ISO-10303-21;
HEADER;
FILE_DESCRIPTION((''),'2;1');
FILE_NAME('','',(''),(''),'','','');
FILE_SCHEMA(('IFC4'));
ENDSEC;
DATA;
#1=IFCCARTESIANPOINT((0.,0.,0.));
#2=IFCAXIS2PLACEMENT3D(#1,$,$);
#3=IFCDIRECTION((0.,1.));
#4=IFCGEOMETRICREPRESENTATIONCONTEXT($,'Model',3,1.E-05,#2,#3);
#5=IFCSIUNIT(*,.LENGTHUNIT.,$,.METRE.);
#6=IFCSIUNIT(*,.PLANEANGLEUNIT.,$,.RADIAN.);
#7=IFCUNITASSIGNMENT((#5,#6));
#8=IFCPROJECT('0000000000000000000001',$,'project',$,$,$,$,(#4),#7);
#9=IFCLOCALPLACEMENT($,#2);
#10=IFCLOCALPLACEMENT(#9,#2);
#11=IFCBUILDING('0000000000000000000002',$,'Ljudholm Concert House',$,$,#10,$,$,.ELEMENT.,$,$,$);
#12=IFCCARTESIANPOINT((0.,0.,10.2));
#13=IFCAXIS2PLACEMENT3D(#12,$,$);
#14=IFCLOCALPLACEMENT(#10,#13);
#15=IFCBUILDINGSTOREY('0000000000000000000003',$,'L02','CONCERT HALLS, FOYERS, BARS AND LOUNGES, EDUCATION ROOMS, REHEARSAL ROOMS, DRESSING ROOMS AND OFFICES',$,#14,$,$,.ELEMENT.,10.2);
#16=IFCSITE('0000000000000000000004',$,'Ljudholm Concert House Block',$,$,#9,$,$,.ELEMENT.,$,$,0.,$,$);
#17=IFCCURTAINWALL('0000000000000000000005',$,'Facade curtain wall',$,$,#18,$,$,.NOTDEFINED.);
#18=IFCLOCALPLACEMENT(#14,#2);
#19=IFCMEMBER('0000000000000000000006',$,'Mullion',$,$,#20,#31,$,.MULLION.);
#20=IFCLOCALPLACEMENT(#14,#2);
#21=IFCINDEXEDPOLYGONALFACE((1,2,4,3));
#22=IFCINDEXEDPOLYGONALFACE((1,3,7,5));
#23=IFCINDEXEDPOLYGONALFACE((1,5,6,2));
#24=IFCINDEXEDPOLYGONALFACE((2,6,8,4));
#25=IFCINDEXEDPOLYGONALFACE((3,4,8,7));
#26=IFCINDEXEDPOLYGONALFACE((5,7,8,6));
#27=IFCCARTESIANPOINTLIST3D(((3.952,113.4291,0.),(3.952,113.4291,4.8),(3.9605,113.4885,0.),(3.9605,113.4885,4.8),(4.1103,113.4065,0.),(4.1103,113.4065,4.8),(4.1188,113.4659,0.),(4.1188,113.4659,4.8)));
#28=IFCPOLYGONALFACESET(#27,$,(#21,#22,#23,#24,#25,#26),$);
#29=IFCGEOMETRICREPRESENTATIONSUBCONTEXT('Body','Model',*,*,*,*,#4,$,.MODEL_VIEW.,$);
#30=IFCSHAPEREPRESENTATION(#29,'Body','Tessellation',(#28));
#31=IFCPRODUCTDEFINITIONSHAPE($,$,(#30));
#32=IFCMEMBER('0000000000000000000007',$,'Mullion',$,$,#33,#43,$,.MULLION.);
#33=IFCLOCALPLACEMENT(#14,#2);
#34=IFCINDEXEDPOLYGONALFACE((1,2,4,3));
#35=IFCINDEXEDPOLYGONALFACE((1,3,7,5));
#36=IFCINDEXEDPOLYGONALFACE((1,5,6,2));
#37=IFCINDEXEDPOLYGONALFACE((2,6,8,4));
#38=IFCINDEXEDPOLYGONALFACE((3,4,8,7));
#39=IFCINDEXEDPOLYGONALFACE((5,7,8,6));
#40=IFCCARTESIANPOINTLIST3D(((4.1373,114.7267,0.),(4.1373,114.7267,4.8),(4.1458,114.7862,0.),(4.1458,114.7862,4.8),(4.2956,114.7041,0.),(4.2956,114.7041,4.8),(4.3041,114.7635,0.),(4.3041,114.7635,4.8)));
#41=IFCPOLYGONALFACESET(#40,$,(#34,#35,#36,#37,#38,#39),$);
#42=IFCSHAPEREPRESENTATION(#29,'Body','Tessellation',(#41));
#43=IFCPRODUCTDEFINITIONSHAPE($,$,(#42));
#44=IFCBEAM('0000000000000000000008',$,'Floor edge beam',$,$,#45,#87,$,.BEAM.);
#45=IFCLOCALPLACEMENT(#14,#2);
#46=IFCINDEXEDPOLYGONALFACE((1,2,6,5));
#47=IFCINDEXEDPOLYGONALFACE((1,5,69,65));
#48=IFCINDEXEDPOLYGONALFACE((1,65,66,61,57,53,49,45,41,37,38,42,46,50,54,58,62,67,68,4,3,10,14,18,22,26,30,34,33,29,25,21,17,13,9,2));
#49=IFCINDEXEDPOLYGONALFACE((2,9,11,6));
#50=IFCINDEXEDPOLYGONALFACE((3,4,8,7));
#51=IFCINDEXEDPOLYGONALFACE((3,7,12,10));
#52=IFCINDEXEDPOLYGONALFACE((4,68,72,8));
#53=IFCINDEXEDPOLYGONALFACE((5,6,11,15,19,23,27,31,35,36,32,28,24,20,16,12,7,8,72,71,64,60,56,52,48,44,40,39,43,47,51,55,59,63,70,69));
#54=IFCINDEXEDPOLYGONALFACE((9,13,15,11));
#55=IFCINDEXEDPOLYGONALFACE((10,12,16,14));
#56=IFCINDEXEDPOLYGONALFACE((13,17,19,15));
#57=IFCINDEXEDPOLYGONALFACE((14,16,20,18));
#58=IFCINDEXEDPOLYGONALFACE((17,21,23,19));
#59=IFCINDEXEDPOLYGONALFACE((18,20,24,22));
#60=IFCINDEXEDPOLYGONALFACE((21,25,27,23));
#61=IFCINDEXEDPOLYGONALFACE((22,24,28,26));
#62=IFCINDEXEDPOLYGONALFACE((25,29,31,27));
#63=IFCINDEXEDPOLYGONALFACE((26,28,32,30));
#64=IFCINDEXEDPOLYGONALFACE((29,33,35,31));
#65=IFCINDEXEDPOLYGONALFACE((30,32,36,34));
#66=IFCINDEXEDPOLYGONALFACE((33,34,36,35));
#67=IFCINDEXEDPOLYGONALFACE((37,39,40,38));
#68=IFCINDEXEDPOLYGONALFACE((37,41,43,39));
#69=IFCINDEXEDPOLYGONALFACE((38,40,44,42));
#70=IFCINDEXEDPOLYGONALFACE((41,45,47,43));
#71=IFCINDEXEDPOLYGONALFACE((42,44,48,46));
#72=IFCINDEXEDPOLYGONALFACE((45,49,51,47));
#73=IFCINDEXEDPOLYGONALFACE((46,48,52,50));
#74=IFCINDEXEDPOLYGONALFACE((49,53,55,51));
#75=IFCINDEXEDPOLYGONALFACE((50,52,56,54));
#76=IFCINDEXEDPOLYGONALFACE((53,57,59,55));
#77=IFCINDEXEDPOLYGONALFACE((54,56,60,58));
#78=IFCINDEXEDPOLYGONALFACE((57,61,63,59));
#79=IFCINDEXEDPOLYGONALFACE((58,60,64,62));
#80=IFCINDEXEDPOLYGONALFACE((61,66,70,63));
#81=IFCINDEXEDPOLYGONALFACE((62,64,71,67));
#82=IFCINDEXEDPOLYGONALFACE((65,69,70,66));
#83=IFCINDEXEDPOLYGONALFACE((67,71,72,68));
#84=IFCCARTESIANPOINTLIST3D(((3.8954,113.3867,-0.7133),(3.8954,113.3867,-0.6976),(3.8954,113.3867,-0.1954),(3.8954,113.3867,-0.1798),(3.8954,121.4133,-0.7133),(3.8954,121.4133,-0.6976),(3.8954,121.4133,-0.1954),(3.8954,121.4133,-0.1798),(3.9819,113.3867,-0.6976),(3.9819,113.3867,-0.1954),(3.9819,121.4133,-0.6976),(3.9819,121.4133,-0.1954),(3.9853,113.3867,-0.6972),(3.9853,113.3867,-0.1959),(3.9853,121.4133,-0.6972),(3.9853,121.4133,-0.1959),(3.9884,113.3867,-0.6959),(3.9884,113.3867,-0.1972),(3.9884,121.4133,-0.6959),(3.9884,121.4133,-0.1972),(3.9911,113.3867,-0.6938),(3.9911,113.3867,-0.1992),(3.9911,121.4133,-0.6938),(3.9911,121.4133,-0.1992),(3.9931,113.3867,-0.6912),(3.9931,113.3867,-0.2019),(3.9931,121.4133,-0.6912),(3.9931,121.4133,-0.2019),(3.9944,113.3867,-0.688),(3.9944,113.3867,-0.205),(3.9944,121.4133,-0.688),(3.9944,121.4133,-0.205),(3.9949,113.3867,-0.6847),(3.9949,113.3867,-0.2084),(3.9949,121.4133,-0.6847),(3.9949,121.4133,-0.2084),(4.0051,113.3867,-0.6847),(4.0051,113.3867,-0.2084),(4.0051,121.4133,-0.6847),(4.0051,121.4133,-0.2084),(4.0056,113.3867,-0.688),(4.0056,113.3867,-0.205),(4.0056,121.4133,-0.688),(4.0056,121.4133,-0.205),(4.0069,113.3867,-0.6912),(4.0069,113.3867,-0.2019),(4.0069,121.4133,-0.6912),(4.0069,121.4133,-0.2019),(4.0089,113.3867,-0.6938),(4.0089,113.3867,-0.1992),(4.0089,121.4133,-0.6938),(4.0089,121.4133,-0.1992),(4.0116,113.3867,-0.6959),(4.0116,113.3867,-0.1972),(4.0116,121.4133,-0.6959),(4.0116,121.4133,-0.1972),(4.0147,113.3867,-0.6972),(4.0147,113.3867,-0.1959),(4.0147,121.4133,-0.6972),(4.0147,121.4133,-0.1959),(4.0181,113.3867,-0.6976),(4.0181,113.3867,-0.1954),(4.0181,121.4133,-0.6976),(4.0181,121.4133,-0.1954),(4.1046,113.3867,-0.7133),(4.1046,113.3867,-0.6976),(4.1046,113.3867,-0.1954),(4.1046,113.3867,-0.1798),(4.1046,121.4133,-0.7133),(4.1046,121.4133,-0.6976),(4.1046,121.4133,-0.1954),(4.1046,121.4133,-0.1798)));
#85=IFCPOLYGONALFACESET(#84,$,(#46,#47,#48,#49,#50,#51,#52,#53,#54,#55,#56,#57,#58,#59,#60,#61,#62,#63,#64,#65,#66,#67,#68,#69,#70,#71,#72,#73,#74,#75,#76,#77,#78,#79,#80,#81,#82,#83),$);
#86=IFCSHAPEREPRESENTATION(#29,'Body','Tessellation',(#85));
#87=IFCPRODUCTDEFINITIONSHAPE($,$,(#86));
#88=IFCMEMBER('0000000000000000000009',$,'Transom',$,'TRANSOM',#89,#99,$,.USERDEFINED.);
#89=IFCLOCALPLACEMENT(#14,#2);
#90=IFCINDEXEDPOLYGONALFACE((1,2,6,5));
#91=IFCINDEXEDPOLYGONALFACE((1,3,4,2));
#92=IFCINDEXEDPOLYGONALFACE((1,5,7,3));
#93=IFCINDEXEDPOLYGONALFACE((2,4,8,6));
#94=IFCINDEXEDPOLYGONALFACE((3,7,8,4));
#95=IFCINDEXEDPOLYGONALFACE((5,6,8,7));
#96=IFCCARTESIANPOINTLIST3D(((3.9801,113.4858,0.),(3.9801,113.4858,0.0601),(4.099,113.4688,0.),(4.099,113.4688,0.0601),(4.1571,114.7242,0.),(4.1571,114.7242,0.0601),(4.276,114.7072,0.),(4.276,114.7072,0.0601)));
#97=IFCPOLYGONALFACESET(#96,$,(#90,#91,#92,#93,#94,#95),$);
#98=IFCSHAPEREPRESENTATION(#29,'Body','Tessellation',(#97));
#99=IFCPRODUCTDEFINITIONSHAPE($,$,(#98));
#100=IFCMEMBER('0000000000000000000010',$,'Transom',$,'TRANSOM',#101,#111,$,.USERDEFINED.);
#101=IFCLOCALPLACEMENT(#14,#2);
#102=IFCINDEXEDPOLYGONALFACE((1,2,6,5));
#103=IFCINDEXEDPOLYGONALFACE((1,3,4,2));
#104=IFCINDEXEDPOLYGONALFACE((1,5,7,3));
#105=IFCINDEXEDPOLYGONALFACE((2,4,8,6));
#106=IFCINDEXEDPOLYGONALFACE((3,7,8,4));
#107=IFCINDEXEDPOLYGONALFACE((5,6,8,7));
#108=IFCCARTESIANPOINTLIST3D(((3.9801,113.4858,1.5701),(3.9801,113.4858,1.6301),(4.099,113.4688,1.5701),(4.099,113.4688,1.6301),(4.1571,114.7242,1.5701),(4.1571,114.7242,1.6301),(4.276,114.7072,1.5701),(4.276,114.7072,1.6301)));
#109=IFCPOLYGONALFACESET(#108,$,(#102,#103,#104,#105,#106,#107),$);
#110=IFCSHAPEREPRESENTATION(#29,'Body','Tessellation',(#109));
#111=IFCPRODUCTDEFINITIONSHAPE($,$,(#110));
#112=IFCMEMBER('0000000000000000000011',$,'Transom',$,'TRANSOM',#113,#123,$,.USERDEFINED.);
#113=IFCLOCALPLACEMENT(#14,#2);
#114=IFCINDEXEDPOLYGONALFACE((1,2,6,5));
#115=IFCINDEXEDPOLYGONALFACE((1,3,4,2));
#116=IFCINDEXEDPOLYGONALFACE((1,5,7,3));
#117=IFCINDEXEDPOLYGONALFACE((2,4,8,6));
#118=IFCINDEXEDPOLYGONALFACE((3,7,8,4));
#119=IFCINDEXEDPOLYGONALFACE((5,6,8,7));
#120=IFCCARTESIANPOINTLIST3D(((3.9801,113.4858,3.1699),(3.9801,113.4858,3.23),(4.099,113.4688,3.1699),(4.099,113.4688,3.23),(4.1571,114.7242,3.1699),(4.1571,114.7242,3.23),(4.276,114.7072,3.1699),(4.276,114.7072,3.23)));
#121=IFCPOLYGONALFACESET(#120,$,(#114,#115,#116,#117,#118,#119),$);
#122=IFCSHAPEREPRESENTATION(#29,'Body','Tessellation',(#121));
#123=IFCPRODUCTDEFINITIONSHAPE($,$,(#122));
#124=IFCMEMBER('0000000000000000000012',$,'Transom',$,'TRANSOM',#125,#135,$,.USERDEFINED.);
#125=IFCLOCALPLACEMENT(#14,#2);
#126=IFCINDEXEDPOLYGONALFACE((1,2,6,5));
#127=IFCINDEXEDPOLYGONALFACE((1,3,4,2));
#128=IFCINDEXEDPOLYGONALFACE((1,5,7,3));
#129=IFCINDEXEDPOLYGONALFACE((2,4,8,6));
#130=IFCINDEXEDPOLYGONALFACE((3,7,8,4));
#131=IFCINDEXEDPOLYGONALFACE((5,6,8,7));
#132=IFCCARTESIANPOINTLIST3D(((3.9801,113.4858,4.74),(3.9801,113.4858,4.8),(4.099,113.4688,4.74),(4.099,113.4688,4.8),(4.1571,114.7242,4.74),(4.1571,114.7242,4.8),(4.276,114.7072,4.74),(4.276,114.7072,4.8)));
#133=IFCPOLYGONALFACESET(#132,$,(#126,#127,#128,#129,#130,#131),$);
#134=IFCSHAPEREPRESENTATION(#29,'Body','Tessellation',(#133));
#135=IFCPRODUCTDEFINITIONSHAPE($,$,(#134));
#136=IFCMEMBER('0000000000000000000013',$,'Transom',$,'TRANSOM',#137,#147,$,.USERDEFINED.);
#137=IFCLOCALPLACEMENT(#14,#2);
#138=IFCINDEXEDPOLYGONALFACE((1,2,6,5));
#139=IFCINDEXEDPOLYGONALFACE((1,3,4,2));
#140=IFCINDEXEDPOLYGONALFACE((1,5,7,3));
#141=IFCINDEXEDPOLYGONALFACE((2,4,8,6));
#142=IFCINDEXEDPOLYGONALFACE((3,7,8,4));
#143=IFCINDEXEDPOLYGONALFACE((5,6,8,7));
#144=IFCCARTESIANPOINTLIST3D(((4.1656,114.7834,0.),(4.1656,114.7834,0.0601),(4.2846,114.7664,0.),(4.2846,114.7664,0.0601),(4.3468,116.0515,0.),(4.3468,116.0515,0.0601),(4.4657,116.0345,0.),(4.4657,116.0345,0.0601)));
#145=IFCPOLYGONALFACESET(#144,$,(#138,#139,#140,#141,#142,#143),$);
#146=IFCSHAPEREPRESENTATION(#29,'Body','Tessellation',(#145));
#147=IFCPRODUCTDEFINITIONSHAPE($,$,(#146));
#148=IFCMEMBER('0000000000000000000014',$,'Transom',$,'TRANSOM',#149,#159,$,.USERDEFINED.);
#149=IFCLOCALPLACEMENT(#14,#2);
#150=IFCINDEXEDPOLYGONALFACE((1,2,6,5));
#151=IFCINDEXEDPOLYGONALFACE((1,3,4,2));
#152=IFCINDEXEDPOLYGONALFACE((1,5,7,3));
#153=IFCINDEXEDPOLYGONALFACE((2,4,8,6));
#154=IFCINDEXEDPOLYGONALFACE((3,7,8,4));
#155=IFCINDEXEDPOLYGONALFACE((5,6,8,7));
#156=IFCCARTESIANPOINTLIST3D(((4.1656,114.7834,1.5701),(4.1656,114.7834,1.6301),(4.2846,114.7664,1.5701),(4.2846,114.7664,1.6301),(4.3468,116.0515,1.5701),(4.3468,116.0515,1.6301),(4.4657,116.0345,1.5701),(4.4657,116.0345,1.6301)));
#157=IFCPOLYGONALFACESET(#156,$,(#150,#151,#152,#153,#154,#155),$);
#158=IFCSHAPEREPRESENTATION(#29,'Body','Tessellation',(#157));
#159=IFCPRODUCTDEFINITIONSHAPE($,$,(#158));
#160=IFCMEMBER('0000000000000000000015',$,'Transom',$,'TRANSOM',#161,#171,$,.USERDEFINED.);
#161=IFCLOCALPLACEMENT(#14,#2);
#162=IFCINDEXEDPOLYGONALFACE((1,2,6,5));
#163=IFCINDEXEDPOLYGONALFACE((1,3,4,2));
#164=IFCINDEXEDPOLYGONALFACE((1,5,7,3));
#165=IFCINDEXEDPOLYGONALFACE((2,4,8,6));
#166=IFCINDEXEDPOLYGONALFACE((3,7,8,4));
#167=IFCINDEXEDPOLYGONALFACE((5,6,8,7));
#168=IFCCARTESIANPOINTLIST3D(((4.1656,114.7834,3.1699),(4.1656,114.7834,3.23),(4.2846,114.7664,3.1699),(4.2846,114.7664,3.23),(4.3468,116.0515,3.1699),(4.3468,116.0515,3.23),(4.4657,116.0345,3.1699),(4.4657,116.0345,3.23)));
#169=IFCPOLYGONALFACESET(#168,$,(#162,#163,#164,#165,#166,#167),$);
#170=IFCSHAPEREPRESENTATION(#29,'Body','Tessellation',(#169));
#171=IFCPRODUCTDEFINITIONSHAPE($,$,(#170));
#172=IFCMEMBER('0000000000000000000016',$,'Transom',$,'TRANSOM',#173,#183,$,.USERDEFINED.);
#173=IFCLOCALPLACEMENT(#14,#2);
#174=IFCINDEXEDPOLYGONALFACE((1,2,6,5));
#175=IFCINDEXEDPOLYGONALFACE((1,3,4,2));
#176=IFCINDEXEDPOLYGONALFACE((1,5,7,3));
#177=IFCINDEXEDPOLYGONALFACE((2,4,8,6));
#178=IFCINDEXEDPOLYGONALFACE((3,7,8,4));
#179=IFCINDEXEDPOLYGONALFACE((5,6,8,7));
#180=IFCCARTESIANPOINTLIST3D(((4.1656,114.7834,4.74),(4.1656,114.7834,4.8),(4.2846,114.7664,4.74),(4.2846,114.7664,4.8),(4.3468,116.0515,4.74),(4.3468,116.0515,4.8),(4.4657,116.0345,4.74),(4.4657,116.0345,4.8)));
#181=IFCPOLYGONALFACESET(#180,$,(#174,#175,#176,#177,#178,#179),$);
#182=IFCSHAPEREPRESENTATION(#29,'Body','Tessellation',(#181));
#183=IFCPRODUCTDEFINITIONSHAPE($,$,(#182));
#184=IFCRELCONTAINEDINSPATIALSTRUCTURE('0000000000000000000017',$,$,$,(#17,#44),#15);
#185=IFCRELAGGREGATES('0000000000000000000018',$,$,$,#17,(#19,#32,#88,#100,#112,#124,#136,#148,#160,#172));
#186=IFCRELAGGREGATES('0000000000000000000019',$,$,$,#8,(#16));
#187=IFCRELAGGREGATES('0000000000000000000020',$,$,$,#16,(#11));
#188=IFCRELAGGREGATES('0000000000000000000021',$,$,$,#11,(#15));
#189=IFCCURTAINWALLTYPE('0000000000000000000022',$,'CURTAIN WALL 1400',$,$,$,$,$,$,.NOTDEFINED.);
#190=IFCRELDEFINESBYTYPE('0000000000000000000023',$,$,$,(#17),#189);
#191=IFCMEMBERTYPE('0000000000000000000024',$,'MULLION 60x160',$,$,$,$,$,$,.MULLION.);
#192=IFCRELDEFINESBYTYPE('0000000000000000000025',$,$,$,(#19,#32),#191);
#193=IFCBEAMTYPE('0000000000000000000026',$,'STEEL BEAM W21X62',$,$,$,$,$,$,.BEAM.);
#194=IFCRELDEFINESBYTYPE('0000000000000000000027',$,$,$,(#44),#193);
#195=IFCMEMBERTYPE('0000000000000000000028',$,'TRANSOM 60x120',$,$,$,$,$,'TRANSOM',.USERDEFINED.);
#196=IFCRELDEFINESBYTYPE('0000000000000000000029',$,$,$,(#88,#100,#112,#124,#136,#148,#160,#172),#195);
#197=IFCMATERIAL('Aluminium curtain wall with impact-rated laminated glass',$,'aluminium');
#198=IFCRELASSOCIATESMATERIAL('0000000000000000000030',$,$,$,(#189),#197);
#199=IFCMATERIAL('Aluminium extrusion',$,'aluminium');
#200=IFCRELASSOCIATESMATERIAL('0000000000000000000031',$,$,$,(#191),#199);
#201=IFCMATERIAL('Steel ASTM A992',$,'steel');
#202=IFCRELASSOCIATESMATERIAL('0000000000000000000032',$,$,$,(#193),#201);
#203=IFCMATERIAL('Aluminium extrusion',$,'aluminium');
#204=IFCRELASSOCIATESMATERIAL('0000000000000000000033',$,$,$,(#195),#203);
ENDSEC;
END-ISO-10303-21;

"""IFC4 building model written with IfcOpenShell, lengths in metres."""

from ifc_helpers import new_model, si_unit, direction, frame, origin, origin_2d, place, context, subcontext, project, spatial, rectangle, i_section, extrude, material, material_profile, profile_set, type_object, element, aggregate, save


model = new_model("IFC4")

# Units and contexts
model_context = context("Model", 3, precision=1e-05, world=origin(), true_north=direction((0.0, 1.0)))
body_context = subcontext(model_context, "Body", "Model", "MODEL_VIEW")
ifc_project = project(units=[si_unit("LENGTHUNIT", "METRE"), si_unit("PLANEANGLEUNIT", "RADIAN")], contexts=[model_context])

# Site, building, storey
site_placement = place(None, origin())
site = spatial("IfcSite", under=ifc_project, at=site_placement, Name="Ljudholm Concert House Block", CompositionType="ELEMENT", RefElevation=0.0)
building_placement = place(site_placement, origin())
building = spatial("IfcBuilding", under=site, at=building_placement, Name="Ljudholm Concert House", CompositionType="ELEMENT")
storey_placement = place(building_placement, frame((0.0, 0.0, 10.2)))
storey = spatial("IfcBuildingStorey", under=building, at=storey_placement, Name="L02", Description="CONCERT HALLS, FOYERS, BARS AND LOUNGES, EDUCATION ROOMS, REHEARSAL ROOMS, DRESSING ROOMS AND OFFICES", CompositionType="ELEMENT", Elevation=10.2)

# Curtain wall, members
ifc_material_1 = material(Name="Aluminium curtain wall with impact-rated laminated glass", Category="aluminium")
curtain_wall_type = type_object("IfcCurtainWallType", Name="CURTAIN WALL 1400", PredefinedType="NOTDEFINED", material=ifc_material_1)
curtain_wall_placement = place(storey_placement, origin())
curtain_wall = element("IfcCurtainWall", 1, at=curtain_wall_placement, inside=storey, type_object=curtain_wall_type, Name="Facade curtain wall", PredefinedType="NOTDEFINED")
ifc_material_2 = material(Name="Aluminium extrusion", Category="aluminium")
ifc_material_profile_1 = material_profile(ifc_material_2, rectangle(XDim=0.1599, YDim=0.0601, at=origin_2d()), Name="MULLION 60x160")
ifc_profile_set_1 = profile_set([ifc_material_profile_1], Name="Aluminium extrusion")
member_type_1 = type_object("IfcMemberType", Name="MULLION 60x160", PredefinedType="MULLION", material=ifc_profile_set_1)
member_1_placement = place(storey_placement, frame((4.0354, 113.4475, 0.0), z_axis=(0.0, 0.0, 1.0), x_axis=(-0.989949, 0.141421, 0.0)))
member_1 = element("IfcMember", 2, at=member_1_placement, type_object=member_type_1, Name="Mullion", PredefinedType="MULLION", context=body_context, shape_type="SweptSolid", body=[
    extrude(rectangle(XDim=0.1599, YDim=0.0601, at=origin_2d()), origin(), (0.0, 0.0, 1.0), 4.8),
])
member_2_placement = place(storey_placement, frame((4.2207, 114.7451, 0.0), z_axis=(0.0, 0.0, 1.0), x_axis=(-0.989949, 0.141421, 0.0)))
member_2 = element("IfcMember", 3, at=member_2_placement, type_object=member_type_1, Name="Mullion", PredefinedType="MULLION", context=body_context, shape_type="SweptSolid", body=[
    extrude(rectangle(XDim=0.1599, YDim=0.0601, at=origin_2d()), origin(), (0.0, 0.0, 1.0), 4.8),
])

# Beam
ifc_material_3 = material(Name="Steel ASTM A992", Category="steel")
ifc_material_profile_2 = material_profile(ifc_material_3, i_section(OverallWidth=0.2092, OverallDepth=0.5334, WebThickness=0.0103, FlangeThickness=0.0156, FilletRadius=0.0129, at=origin_2d()), Name="W21X62")
ifc_profile_set_2 = profile_set([ifc_material_profile_2], Name="Steel ASTM A992")
beam_type = type_object("IfcBeamType", Name="STEEL BEAM W21X62", PredefinedType="BEAM", material=ifc_profile_set_2)
beam_placement = place(storey_placement, frame((4.0, 113.3867, -0.4465), z_axis=(0.0, 1.0, 0.0), x_axis=(-1.0, 0.0, 0.0)))
element("IfcBeam", 4, at=beam_placement, inside=storey, type_object=beam_type, Name="Floor edge beam", PredefinedType="BEAM", context=body_context, shape_type="SweptSolid", body=[
    extrude(i_section(OverallWidth=0.2092, OverallDepth=0.5334, WebThickness=0.0103, FlangeThickness=0.0156, FilletRadius=0.0129, at=origin_2d()), origin(), (0.0, 0.0, 1.0), 8.0266),
])

# Members
ifc_material_4 = material(Name="Aluminium extrusion", Category="aluminium")
ifc_material_profile_3 = material_profile(ifc_material_4, rectangle(XDim=0.1201, YDim=0.0601, at=origin_2d()), Name="TRANSOM 60x120")
ifc_profile_set_3 = profile_set([ifc_material_profile_3], Name="Aluminium extrusion")
member_type_2 = type_object("IfcMemberType", Name="TRANSOM 60x120", ElementType="TRANSOM", PredefinedType="USERDEFINED", material=ifc_profile_set_3)
member_3_placement = place(storey_placement, frame((4.0396, 113.4773, 0.03), z_axis=(0.141503, 0.989938, 0.0), x_axis=(-0.989938, 0.141503, 0.0)))
member_3 = element("IfcMember", 5, at=member_3_placement, type_object=member_type_2, Name="Transom", ObjectType="TRANSOM", PredefinedType="USERDEFINED", context=body_context, shape_type="SweptSolid", body=[
    extrude(rectangle(XDim=0.1201, YDim=0.0601, at=origin_2d()), origin(), (0.0, 0.0, 1.0), 1.251),
])
member_4_placement = place(storey_placement, frame((4.0396, 113.4773, 1.6001), z_axis=(0.141503, 0.989938, 0.0), x_axis=(-0.989938, 0.141503, 0.0)))
member_4 = element("IfcMember", 6, at=member_4_placement, type_object=member_type_2, Name="Transom", ObjectType="TRANSOM", PredefinedType="USERDEFINED", context=body_context, shape_type="SweptSolid", body=[
    extrude(rectangle(XDim=0.1201, YDim=0.0601, at=origin_2d()), origin(), (0.0, 0.0, 1.0), 1.251),
])
member_5_placement = place(storey_placement, frame((4.0396, 113.4773, 3.2), z_axis=(0.141503, 0.989938, 0.0), x_axis=(-0.989938, 0.141503, 0.0)))
member_5 = element("IfcMember", 7, at=member_5_placement, type_object=member_type_2, Name="Transom", ObjectType="TRANSOM", PredefinedType="USERDEFINED", context=body_context, shape_type="SweptSolid", body=[
    extrude(rectangle(XDim=0.1201, YDim=0.0601, at=origin_2d()), origin(), (0.0, 0.0, 1.0), 1.251),
])
member_6_placement = place(storey_placement, frame((4.0396, 113.4773, 4.77), z_axis=(0.141503, 0.989938, 0.0), x_axis=(-0.989938, 0.141503, 0.0)))
member_6 = element("IfcMember", 8, at=member_6_placement, type_object=member_type_2, Name="Transom", ObjectType="TRANSOM", PredefinedType="USERDEFINED", context=body_context, shape_type="SweptSolid", body=[
    extrude(rectangle(XDim=0.1201, YDim=0.0601, at=origin_2d()), origin(), (0.0, 0.0, 1.0), 1.251),
])
member_7_placement = place(storey_placement, frame((4.2251, 114.7749, 0.03), z_axis=(0.141421, 0.989949, 0.0), x_axis=(-0.989949, 0.141421, 0.0)))
member_7 = element("IfcMember", 9, at=member_7_placement, type_object=member_type_2, Name="Transom", ObjectType="TRANSOM", PredefinedType="USERDEFINED", context=body_context, shape_type="SweptSolid", body=[
    extrude(rectangle(XDim=0.1201, YDim=0.0601, at=origin_2d()), origin(), (0.0, 0.0, 1.0), 1.281),
])
member_8_placement = place(storey_placement, frame((4.2251, 114.7749, 1.6001), z_axis=(0.141421, 0.989949, 0.0), x_axis=(-0.989949, 0.141421, 0.0)))
member_8 = element("IfcMember", 10, at=member_8_placement, type_object=member_type_2, Name="Transom", ObjectType="TRANSOM", PredefinedType="USERDEFINED", context=body_context, shape_type="SweptSolid", body=[
    extrude(rectangle(XDim=0.1201, YDim=0.0601, at=origin_2d()), origin(), (0.0, 0.0, 1.0), 1.281),
])
member_9_placement = place(storey_placement, frame((4.2251, 114.7749, 3.2), z_axis=(0.141421, 0.989949, 0.0), x_axis=(-0.989949, 0.141421, 0.0)))
member_9 = element("IfcMember", 11, at=member_9_placement, type_object=member_type_2, Name="Transom", ObjectType="TRANSOM", PredefinedType="USERDEFINED", context=body_context, shape_type="SweptSolid", body=[
    extrude(rectangle(XDim=0.1201, YDim=0.0601, at=origin_2d()), origin(), (0.0, 0.0, 1.0), 1.281),
])
member_10_placement = place(storey_placement, frame((4.2251, 114.7749, 4.77), z_axis=(0.141421, 0.989949, 0.0), x_axis=(-0.989949, 0.141421, 0.0)))
member_10 = element("IfcMember", 12, at=member_10_placement, type_object=member_type_2, Name="Transom", ObjectType="TRANSOM", PredefinedType="USERDEFINED", context=body_context, shape_type="SweptSolid", body=[
    extrude(rectangle(XDim=0.1201, YDim=0.0601, at=origin_2d()), origin(), (0.0, 0.0, 1.0), 1.281),
])

aggregate(curtain_wall, [member_1, member_2, member_3, member_4, member_5, member_6, member_7, member_8, member_9, member_10])

save(model, "model.ifc")
